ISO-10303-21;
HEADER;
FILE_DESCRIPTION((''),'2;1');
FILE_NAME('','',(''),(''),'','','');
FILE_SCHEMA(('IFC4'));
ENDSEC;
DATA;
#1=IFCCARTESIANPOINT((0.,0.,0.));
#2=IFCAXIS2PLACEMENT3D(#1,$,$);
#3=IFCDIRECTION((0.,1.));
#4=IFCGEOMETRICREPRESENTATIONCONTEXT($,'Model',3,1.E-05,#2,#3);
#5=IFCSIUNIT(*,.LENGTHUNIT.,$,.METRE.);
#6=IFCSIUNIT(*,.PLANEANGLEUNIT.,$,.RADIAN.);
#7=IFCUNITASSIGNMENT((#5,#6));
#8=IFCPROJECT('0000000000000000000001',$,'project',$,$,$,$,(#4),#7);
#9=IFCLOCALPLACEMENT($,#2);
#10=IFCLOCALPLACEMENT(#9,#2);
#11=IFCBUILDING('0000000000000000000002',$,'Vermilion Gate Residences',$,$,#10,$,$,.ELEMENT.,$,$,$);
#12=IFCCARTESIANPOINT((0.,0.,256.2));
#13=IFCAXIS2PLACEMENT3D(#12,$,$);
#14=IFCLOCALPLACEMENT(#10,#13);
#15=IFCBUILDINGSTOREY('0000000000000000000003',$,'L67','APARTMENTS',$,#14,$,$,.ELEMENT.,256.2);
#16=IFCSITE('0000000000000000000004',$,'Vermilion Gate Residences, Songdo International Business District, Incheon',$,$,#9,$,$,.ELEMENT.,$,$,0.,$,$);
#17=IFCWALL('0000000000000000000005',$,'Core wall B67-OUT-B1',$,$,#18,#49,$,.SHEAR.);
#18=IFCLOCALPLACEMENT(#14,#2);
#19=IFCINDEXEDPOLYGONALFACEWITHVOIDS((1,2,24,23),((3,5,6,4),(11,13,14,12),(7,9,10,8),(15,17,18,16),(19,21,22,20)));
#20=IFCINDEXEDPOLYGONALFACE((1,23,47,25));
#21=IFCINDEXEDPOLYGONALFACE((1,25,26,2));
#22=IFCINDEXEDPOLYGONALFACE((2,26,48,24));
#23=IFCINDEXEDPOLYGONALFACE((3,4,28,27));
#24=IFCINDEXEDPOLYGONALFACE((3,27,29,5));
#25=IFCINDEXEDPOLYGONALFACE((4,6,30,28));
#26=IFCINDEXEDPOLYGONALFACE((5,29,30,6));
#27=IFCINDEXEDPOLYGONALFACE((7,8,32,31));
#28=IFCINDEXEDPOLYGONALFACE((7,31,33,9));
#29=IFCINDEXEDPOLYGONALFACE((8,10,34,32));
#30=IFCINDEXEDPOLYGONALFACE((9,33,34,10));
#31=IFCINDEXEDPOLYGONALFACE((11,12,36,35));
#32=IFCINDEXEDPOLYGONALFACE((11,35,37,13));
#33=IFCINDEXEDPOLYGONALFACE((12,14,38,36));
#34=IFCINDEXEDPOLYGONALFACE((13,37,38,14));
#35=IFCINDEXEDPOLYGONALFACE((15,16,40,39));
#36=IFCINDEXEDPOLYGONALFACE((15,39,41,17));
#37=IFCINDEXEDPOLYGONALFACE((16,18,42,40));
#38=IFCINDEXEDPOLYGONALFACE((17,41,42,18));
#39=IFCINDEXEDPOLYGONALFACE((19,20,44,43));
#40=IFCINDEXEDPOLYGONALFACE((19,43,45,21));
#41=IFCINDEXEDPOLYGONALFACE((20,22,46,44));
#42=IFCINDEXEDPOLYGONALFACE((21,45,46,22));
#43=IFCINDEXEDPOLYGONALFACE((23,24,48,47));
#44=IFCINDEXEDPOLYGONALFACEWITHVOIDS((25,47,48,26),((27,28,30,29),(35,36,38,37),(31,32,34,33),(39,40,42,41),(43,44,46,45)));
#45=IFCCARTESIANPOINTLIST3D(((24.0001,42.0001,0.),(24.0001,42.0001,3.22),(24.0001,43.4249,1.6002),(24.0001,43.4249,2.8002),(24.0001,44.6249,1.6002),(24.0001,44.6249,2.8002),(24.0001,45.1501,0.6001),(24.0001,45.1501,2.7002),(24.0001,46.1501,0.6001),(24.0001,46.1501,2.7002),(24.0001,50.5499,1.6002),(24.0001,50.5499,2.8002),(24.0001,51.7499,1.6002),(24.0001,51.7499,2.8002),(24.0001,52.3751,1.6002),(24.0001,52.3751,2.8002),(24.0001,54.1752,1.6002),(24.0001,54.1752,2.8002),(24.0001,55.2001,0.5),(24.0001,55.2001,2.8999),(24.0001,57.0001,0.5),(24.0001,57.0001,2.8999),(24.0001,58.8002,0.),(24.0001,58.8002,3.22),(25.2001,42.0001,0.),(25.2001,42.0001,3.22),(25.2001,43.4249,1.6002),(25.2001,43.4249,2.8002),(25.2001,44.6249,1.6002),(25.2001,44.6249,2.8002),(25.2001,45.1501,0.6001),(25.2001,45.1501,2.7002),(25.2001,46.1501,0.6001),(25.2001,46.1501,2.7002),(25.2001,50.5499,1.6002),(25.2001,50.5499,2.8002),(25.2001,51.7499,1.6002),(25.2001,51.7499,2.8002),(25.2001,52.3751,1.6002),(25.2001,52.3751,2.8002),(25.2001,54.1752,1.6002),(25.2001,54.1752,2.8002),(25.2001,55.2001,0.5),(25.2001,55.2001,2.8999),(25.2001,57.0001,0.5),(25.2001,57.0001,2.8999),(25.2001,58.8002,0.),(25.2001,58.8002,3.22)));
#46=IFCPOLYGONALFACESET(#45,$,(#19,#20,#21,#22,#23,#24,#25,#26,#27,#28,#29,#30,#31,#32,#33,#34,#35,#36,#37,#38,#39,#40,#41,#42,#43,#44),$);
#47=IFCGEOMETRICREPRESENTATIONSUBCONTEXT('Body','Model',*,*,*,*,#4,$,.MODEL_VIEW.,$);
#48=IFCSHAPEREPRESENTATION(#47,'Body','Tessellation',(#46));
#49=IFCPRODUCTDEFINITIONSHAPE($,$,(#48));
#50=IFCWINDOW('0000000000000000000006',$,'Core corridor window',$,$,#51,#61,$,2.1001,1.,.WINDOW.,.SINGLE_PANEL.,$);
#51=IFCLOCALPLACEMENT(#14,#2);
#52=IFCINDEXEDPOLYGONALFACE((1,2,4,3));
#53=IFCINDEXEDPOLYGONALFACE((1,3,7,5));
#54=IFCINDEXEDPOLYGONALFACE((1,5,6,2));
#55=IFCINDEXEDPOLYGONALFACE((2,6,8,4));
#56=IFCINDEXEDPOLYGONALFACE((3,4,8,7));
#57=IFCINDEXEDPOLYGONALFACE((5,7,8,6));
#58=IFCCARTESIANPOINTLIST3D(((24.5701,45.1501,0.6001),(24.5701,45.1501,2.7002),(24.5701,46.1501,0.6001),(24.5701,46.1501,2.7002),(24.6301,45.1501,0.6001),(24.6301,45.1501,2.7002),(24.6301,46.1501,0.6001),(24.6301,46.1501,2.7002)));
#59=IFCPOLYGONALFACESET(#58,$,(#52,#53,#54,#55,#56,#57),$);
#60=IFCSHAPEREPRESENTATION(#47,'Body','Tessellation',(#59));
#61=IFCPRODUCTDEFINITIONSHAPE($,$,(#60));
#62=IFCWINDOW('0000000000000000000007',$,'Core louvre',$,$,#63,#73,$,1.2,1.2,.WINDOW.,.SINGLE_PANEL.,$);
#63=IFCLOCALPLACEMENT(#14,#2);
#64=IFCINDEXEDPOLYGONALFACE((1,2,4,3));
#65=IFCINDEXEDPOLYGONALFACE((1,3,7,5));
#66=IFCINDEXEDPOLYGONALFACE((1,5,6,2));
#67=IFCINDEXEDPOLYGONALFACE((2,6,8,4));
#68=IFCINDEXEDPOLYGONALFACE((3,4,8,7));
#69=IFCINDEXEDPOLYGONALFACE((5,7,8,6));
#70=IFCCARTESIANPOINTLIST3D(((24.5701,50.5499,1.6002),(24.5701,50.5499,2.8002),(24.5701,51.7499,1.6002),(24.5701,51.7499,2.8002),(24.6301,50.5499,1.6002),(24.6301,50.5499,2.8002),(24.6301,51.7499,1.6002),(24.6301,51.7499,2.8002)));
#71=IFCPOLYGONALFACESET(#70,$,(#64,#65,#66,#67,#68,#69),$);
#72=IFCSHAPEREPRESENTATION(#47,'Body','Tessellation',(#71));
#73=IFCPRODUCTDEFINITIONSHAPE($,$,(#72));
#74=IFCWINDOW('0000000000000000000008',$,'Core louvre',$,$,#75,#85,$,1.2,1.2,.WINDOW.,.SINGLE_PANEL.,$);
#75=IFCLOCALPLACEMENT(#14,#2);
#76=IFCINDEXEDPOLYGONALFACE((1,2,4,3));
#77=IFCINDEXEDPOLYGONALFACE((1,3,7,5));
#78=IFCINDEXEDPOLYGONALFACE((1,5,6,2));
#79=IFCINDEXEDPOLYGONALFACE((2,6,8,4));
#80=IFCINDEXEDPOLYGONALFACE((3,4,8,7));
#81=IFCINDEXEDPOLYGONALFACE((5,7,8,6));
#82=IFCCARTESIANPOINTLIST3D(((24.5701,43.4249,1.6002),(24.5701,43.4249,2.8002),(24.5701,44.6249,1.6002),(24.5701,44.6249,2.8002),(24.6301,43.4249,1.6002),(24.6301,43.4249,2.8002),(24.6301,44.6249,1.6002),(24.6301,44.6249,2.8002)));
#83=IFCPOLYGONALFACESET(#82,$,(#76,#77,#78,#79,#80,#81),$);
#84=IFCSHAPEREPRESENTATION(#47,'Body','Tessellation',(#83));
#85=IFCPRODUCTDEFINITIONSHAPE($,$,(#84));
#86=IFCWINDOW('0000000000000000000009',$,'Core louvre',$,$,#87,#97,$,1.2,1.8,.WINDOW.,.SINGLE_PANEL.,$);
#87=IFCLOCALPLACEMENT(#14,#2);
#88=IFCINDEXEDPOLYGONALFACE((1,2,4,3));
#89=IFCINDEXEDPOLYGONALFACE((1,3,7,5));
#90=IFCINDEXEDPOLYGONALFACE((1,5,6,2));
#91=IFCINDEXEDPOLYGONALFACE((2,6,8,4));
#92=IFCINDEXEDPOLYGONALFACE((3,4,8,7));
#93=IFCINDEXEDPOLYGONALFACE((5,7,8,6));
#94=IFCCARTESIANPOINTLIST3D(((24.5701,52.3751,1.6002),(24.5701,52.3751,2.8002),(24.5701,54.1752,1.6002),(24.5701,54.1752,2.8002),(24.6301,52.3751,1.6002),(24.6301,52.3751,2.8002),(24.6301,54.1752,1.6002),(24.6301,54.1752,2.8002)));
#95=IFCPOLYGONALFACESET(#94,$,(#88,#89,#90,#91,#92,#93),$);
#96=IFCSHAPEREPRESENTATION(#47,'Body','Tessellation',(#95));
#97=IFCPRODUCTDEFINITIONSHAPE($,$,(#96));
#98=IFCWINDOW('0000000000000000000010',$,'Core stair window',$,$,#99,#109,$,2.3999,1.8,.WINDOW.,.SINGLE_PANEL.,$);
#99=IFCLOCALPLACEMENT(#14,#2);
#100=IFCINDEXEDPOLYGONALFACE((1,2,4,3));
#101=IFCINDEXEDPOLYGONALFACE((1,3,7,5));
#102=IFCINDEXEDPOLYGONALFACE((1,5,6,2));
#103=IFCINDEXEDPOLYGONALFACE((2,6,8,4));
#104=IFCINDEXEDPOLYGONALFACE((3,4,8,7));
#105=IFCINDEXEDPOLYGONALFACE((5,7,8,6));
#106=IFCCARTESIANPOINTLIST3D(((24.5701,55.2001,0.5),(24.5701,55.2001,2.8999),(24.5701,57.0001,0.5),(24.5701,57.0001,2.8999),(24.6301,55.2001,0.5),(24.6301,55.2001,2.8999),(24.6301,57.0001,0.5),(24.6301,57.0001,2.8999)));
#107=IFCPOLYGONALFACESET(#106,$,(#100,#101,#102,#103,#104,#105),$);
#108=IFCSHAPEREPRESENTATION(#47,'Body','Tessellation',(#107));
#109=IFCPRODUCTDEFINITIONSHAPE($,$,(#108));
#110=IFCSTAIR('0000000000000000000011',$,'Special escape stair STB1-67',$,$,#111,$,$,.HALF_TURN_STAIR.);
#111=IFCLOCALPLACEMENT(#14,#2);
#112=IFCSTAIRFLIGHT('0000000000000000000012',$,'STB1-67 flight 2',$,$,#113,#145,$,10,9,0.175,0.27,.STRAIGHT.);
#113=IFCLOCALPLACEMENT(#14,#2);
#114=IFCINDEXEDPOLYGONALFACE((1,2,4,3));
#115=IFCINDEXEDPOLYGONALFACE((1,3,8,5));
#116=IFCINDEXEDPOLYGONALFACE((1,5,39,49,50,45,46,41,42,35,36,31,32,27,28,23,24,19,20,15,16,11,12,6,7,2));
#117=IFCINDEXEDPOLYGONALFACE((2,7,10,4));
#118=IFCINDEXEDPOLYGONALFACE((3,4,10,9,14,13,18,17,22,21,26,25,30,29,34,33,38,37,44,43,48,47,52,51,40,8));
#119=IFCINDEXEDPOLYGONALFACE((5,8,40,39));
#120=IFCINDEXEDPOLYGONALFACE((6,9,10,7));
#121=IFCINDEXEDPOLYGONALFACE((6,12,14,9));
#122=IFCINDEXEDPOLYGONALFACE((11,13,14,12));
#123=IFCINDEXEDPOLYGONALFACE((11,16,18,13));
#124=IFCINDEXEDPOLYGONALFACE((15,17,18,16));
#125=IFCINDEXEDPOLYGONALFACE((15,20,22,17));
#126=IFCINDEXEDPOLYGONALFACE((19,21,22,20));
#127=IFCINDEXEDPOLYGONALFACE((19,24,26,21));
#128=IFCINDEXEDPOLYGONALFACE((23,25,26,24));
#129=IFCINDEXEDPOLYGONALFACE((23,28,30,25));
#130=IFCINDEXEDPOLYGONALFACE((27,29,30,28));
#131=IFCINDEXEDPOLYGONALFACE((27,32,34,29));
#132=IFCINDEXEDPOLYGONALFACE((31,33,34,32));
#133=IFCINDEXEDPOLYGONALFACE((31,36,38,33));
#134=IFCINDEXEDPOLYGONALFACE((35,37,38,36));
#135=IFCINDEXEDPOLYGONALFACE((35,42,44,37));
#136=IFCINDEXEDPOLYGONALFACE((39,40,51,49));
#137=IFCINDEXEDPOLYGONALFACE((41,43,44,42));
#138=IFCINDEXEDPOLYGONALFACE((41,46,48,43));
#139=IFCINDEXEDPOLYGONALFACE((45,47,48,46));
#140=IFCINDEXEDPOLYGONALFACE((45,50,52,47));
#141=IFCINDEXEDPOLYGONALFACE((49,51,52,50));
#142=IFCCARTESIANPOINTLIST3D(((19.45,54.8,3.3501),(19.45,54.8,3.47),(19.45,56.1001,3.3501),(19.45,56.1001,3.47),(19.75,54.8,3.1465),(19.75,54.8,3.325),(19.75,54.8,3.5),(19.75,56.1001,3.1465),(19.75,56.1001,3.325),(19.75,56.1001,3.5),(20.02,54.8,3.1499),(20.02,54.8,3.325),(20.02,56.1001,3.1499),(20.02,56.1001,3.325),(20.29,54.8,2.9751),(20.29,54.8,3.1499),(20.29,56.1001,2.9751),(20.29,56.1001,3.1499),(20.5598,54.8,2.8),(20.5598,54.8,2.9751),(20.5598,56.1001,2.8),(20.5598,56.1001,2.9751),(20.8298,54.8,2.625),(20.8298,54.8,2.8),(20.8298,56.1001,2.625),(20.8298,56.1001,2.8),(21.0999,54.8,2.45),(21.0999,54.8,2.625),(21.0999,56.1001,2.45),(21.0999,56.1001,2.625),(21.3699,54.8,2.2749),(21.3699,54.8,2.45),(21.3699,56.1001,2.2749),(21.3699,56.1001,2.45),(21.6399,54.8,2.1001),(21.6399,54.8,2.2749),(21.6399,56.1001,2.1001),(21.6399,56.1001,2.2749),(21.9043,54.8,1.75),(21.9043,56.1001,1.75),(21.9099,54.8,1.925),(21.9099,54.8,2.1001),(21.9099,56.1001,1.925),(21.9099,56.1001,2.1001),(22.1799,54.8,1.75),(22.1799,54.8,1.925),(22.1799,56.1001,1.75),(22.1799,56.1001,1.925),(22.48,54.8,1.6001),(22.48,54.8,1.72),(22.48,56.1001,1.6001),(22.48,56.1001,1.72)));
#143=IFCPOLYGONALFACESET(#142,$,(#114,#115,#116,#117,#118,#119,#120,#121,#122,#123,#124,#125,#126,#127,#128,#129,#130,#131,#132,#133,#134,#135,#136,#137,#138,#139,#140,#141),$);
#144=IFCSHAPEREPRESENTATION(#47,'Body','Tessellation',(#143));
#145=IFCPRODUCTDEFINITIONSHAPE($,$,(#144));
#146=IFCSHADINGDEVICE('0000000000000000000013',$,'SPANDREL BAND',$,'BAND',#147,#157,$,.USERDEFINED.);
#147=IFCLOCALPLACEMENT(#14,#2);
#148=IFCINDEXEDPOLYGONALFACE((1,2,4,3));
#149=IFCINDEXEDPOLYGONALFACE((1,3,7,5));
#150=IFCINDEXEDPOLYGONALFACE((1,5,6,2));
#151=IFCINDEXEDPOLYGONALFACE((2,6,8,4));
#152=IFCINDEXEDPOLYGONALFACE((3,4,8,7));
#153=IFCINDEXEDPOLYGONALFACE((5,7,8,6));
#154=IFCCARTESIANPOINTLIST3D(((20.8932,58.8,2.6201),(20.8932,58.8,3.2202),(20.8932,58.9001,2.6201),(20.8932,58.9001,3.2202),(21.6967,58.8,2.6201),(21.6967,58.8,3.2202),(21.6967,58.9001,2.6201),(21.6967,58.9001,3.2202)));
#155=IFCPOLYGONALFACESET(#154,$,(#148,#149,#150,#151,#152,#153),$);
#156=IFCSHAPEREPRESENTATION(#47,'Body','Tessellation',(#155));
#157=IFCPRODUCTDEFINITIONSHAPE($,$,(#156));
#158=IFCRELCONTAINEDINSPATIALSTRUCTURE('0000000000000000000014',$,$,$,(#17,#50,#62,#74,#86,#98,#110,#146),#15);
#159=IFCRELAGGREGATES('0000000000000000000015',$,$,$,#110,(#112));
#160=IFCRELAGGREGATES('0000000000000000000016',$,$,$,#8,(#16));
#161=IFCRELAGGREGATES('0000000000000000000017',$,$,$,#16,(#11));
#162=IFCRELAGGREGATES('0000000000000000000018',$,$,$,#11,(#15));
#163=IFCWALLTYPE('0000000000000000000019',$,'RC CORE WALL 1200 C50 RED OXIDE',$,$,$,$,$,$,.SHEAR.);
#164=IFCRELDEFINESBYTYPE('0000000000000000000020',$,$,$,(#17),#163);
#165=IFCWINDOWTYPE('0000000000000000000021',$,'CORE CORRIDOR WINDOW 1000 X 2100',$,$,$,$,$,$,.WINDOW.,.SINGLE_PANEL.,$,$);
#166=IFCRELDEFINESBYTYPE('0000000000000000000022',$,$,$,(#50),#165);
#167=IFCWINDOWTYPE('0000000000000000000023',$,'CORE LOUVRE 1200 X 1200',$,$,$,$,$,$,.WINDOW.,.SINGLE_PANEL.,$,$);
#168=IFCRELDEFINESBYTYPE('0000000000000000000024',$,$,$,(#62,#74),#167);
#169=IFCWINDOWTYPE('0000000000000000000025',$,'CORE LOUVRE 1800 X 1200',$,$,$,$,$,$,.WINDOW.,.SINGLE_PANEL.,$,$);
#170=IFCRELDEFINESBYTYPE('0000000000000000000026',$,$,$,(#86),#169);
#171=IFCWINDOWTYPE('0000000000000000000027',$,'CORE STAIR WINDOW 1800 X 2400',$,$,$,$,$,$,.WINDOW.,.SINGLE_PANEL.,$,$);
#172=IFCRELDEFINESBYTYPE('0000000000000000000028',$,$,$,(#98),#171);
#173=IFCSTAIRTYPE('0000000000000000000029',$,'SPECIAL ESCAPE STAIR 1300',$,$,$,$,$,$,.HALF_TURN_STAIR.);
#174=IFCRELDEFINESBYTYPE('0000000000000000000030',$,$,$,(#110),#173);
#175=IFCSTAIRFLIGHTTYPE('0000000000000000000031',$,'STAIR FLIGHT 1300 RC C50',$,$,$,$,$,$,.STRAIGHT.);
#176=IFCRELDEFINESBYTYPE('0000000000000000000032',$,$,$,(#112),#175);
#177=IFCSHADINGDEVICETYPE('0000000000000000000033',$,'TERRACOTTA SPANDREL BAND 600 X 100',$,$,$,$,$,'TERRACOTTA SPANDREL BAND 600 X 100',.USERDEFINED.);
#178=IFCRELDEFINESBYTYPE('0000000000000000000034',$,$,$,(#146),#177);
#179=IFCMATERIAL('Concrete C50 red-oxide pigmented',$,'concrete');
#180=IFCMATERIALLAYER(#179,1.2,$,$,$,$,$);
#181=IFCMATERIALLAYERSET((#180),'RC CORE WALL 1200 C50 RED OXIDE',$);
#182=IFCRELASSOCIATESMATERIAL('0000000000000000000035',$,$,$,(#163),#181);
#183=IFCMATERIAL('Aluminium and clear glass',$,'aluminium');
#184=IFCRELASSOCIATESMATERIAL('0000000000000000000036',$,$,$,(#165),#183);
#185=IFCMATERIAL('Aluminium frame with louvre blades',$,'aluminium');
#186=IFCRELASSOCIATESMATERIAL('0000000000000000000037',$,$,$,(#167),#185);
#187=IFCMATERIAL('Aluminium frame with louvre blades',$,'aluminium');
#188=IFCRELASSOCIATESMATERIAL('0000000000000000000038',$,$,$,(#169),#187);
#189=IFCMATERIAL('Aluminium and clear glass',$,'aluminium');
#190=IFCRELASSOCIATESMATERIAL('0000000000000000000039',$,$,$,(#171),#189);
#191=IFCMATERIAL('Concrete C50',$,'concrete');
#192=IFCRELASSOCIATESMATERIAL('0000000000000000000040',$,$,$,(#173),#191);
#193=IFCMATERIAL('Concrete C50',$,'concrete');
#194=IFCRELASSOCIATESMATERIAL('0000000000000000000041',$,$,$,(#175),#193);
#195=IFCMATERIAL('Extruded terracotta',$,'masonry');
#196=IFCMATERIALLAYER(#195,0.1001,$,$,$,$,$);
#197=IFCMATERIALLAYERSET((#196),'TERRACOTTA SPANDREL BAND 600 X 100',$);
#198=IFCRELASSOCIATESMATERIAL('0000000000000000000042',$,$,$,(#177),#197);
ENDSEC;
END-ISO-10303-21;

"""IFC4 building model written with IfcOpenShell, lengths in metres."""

from ifc_helpers import new_model, si_unit, direction, frame, frame_2d, origin, origin_2d, place, context, subcontext, project, spatial, polyline, rectangle, outline, extrude, material, layer, layer_set, type_object, element, fill, aggregate, save


model = new_model("IFC4")

# Units and contexts
model_context = context("Model", 3, precision=1e-05, world=origin(), true_north=direction((0.0, 1.0)))
body_context = subcontext(model_context, "Body", "Model", "MODEL_VIEW")
ifc_project = project(units=[si_unit("LENGTHUNIT", "METRE"), si_unit("PLANEANGLEUNIT", "RADIAN")], contexts=[model_context])

# Site, building, storey
site_placement = place(None, origin())
site = spatial("IfcSite", under=ifc_project, at=site_placement, Name="Vermilion Gate Residences, Songdo International Business District, Incheon", CompositionType="ELEMENT", RefElevation=0.0)
building_placement = place(site_placement, origin())
building = spatial("IfcBuilding", under=site, at=building_placement, Name="Vermilion Gate Residences", CompositionType="ELEMENT")
storey_placement = place(building_placement, frame((0.0, 0.0, 256.2)))
storey = spatial("IfcBuildingStorey", under=building, at=storey_placement, Name="L67", Description="APARTMENTS", CompositionType="ELEMENT", Elevation=256.2)

# Wall, openings, windows
ifc_material_1 = material(Name="Concrete C50 red-oxide pigmented", Category="concrete")
ifc_layer_1 = layer(ifc_material_1, 1.2)
ifc_layer_set_1 = layer_set([ifc_layer_1], Name="RC CORE WALL 1200 C50 RED OXIDE")
wall_type_1 = type_object("IfcWallType", Name="RC CORE WALL 1200 C50 RED OXIDE", PredefinedType="SHEAR", material=ifc_layer_set_1)
wall_1_placement = place(storey_placement, frame((24.6001, 58.8, 0.0), z_axis=(0.0, 0.0, 1.0), x_axis=(0.0, -1.0, 0.0)))
wall_1 = element("IfcWall", 1, at=wall_1_placement, inside=storey, type_object=wall_type_1, Name="Core wall B67-OUT-B1", PredefinedType="SHEAR", context=body_context, shape_type="SweptSolid", body=[
    extrude(rectangle(XDim=16.8, YDim=1.2, at=frame_2d((8.3999, 0.0))), origin(), (0.0, 0.0, 1.0), 3.22),
])
opening_1_placement = place(wall_1_placement, frame((1.8, 0.0, 0.5)))
opening_1 = element("IfcOpeningElement", 2, at=opening_1_placement, cuts=wall_1, PredefinedType="OPENING", context=body_context, shape_type="SweptSolid", body=[
    extrude(rectangle(XDim=1.8, YDim=2.3999, at=frame_2d((0.8999, 1.2))), frame((0.0, 0.6099, 0.0), z_axis=(0.0, -1.0, 0.0), x_axis=(1.0, 0.0, 0.0)), (0.0, 0.0, 1.0), 1.22),
])
opening_2_placement = place(wall_1_placement, frame((4.625, 0.0, 1.6001)))
opening_2 = element("IfcOpeningElement", 3, at=opening_2_placement, cuts=wall_1, PredefinedType="OPENING", context=body_context, shape_type="SweptSolid", body=[
    extrude(rectangle(XDim=1.8, YDim=1.2, at=frame_2d((0.8999, 0.6001))), frame((0.0, 0.6099, 0.0), z_axis=(0.0, -1.0, 0.0), x_axis=(1.0, 0.0, 0.0)), (0.0, 0.0, 1.0), 1.22),
])
opening_3_placement = place(wall_1_placement, frame((7.05, 0.0, 1.6001)))
opening_3 = element("IfcOpeningElement", 4, at=opening_3_placement, cuts=wall_1, PredefinedType="OPENING", context=body_context, shape_type="SweptSolid", body=[
    extrude(rectangle(XDim=1.2, YDim=1.2, at=frame_2d((0.6001, 0.6001))), frame((0.0, 0.6099, 0.0), z_axis=(0.0, -1.0, 0.0), x_axis=(1.0, 0.0, 0.0)), (0.0, 0.0, 1.0), 1.22),
])
opening_4_placement = place(wall_1_placement, frame((12.6499, 0.0, 0.6001)))
opening_4 = element("IfcOpeningElement", 5, at=opening_4_placement, cuts=wall_1, PredefinedType="OPENING", context=body_context, shape_type="SweptSolid", body=[
    extrude(rectangle(XDim=1.0, YDim=2.1001, at=frame_2d((0.5, 1.05))), frame((0.0, 0.6099, 0.0), z_axis=(0.0, -1.0, 0.0), x_axis=(1.0, 0.0, 0.0)), (0.0, 0.0, 1.0), 1.22),
])
opening_5_placement = place(wall_1_placement, frame((14.175, 0.0, 1.6001)))
opening_5 = element("IfcOpeningElement", 6, at=opening_5_placement, cuts=wall_1, PredefinedType="OPENING", context=body_context, shape_type="SweptSolid", body=[
    extrude(rectangle(XDim=1.2, YDim=1.2, at=frame_2d((0.6001, 0.6001))), frame((0.0, 0.6099, 0.0), z_axis=(0.0, -1.0, 0.0), x_axis=(1.0, 0.0, 0.0)), (0.0, 0.0, 1.0), 1.22),
])
ifc_material_2 = material(Name="Aluminium and clear glass", Category="aluminium")
window_type_1 = type_object("IfcWindowType", Name="CORE CORRIDOR WINDOW 1000 X 2100", PartitioningType="SINGLE_PANEL", PredefinedType="WINDOW", material=ifc_material_2)
window_1_placement = place(opening_4_placement, origin())
window_1 = element("IfcWindow", 7, at=window_1_placement, inside=storey, type_object=window_type_1, Name="Core corridor window", OverallHeight=2.1001, OverallWidth=1.0, PartitioningType="SINGLE_PANEL", PredefinedType="WINDOW", context=body_context, shape_type="SweptSolid", body=[
    extrude(rectangle(XDim=1.0, YDim=2.1001, at=frame_2d((0.5, 1.05))), frame((0.0, 0.03, 0.0), z_axis=(0.0, -1.0, 0.0), x_axis=(1.0, 0.0, 0.0)), (0.0, 0.0, 1.0), 0.0601),
])
fill(opening_4, window_1)
ifc_material_3 = material(Name="Aluminium frame with louvre blades", Category="aluminium")
window_type_2 = type_object("IfcWindowType", Name="CORE LOUVRE 1200 X 1200", PartitioningType="SINGLE_PANEL", PredefinedType="WINDOW", material=ifc_material_3)
window_2_placement = place(opening_3_placement, origin())
window_2 = element("IfcWindow", 8, at=window_2_placement, inside=storey, type_object=window_type_2, Name="Core louvre", OverallHeight=1.2, OverallWidth=1.2, PartitioningType="SINGLE_PANEL", PredefinedType="WINDOW", context=body_context, shape_type="SweptSolid", body=[
    extrude(rectangle(XDim=1.2, YDim=1.2, at=frame_2d((0.6001, 0.6001))), frame((0.0, 0.03, 0.0), z_axis=(0.0, -1.0, 0.0), x_axis=(1.0, 0.0, 0.0)), (0.0, 0.0, 1.0), 0.0601),
])
fill(opening_3, window_2)
window_3_placement = place(opening_5_placement, origin())
window_3 = element("IfcWindow", 9, at=window_3_placement, inside=storey, type_object=window_type_2, Name="Core louvre", OverallHeight=1.2, OverallWidth=1.2, PartitioningType="SINGLE_PANEL", PredefinedType="WINDOW", context=body_context, shape_type="SweptSolid", body=[
    extrude(rectangle(XDim=1.2, YDim=1.2, at=frame_2d((0.6001, 0.6001))), frame((0.0, 0.03, 0.0), z_axis=(0.0, -1.0, 0.0), x_axis=(1.0, 0.0, 0.0)), (0.0, 0.0, 1.0), 0.0601),
])
fill(opening_5, window_3)
ifc_material_4 = material(Name="Aluminium frame with louvre blades", Category="aluminium")
window_type_3 = type_object("IfcWindowType", Name="CORE LOUVRE 1800 X 1200", PartitioningType="SINGLE_PANEL", PredefinedType="WINDOW", material=ifc_material_4)
window_4_placement = place(opening_2_placement, origin())
window_4 = element("IfcWindow", 10, at=window_4_placement, inside=storey, type_object=window_type_3, Name="Core louvre", OverallHeight=1.2, OverallWidth=1.8, PartitioningType="SINGLE_PANEL", PredefinedType="WINDOW", context=body_context, shape_type="SweptSolid", body=[
    extrude(rectangle(XDim=1.8, YDim=1.2, at=frame_2d((0.8999, 0.6001))), frame((0.0, 0.03, 0.0), z_axis=(0.0, -1.0, 0.0), x_axis=(1.0, 0.0, 0.0)), (0.0, 0.0, 1.0), 0.0601),
])
fill(opening_2, window_4)
ifc_material_5 = material(Name="Aluminium and clear glass", Category="aluminium")
window_type_4 = type_object("IfcWindowType", Name="CORE STAIR WINDOW 1800 X 2400", PartitioningType="SINGLE_PANEL", PredefinedType="WINDOW", material=ifc_material_5)
window_5_placement = place(opening_1_placement, origin())
window_5 = element("IfcWindow", 11, at=window_5_placement, inside=storey, type_object=window_type_4, Name="Core stair window", OverallHeight=2.3999, OverallWidth=1.8, PartitioningType="SINGLE_PANEL", PredefinedType="WINDOW", context=body_context, shape_type="SweptSolid", body=[
    extrude(rectangle(XDim=1.8, YDim=2.3999, at=frame_2d((0.8999, 1.2))), frame((0.0, 0.03, 0.0), z_axis=(0.0, -1.0, 0.0), x_axis=(1.0, 0.0, 0.0)), (0.0, 0.0, 1.0), 0.0601),
])
fill(opening_1, window_5)

# Stair, stair flight
ifc_material_6 = material(Name="Concrete C50", Category="concrete")
stair_type = type_object("IfcStairType", Name="SPECIAL ESCAPE STAIR 1300", PredefinedType="HALF_TURN_STAIR", material=ifc_material_6)
stair_placement = place(storey_placement, origin())
stair = element("IfcStair", 12, at=stair_placement, inside=storey, type_object=stair_type, Name="Special escape stair STB1-67", PredefinedType="HALF_TURN_STAIR")
ifc_material_7 = material(Name="Concrete C50", Category="concrete")
stair_flight_type = type_object("IfcStairFlightType", Name="STAIR FLIGHT 1300 RC C50", PredefinedType="STRAIGHT", material=ifc_material_7)
stair_flight_placement = place(storey_placement, frame((22.1799, 55.45, 1.75), z_axis=(0.0, 0.0, 1.0), x_axis=(-1.0, 0.0, 0.0)))
stair_flight = element("IfcStairFlight", 13, at=stair_flight_placement, type_object=stair_flight_type, Name="STB1-67 flight 2", NumberOfRisers=10, NumberOfTreads=9, PredefinedType="STRAIGHT", RiserHeight=0.175, TreadLength=0.27, context=body_context, shape_type="SweptSolid", body=[
    extrude(outline(polyline([(-0.3, -0.1499), (-0.3, -0.03), (0.0, 0.0), (0.0, 0.175), (0.27, 0.175), (0.27, 0.3501), (0.54, 0.3501), (0.54, 0.5249), (0.8101, 0.5249), (0.8101, 0.7), (1.0801, 0.7), (1.0801, 0.875), (1.3501, 0.875), (1.3501, 1.05), (1.6201, 1.05), (1.6201, 1.2251), (1.8899, 1.2251), (1.8899, 1.3999), (2.1599, 1.3999), (2.1599, 1.575), (2.4299, 1.575), (2.4299, 1.75), (2.73, 1.72), (2.73, 1.6001), (2.4299, 1.3965), (0.2756, 0.0), (-0.3, -0.1499)])), frame((0.0, 0.6499, 0.0), z_axis=(0.0, -1.0, 0.0), x_axis=(1.0, 0.0, 0.0)), (0.0, 0.0, 1.0), 1.3),
])
aggregate(stair, [stair_flight])

# Shading device
ifc_material_8 = material(Name="Extruded terracotta", Category="masonry")
ifc_layer_2 = layer(ifc_material_8, 0.1001)
ifc_layer_set_2 = layer_set([ifc_layer_2], Name="TERRACOTTA SPANDREL BAND 600 X 100")
shading_device_type = type_object("IfcShadingDeviceType", Name="TERRACOTTA SPANDREL BAND 600 X 100", ElementType="TERRACOTTA SPANDREL BAND 600 X 100", PredefinedType="USERDEFINED", material=ifc_layer_set_2)
shading_device_1_placement = place(storey_placement, frame((21.2949, 58.8501, 2.6201), z_axis=(0.0, 0.0, 1.0), x_axis=(1.0, 0.0, 0.0)))
element("IfcShadingDevice", 14, at=shading_device_1_placement, inside=storey, type_object=shading_device_type, Name="SPANDREL BAND", ObjectType="BAND", PredefinedType="USERDEFINED", context=body_context, shape_type="SweptSolid", body=[
    extrude(rectangle(XDim=0.8035, YDim=0.1001, at=origin_2d()), origin(), (0.0, 0.0, 1.0), 0.6001),
])

save(model, "model.ifc")
